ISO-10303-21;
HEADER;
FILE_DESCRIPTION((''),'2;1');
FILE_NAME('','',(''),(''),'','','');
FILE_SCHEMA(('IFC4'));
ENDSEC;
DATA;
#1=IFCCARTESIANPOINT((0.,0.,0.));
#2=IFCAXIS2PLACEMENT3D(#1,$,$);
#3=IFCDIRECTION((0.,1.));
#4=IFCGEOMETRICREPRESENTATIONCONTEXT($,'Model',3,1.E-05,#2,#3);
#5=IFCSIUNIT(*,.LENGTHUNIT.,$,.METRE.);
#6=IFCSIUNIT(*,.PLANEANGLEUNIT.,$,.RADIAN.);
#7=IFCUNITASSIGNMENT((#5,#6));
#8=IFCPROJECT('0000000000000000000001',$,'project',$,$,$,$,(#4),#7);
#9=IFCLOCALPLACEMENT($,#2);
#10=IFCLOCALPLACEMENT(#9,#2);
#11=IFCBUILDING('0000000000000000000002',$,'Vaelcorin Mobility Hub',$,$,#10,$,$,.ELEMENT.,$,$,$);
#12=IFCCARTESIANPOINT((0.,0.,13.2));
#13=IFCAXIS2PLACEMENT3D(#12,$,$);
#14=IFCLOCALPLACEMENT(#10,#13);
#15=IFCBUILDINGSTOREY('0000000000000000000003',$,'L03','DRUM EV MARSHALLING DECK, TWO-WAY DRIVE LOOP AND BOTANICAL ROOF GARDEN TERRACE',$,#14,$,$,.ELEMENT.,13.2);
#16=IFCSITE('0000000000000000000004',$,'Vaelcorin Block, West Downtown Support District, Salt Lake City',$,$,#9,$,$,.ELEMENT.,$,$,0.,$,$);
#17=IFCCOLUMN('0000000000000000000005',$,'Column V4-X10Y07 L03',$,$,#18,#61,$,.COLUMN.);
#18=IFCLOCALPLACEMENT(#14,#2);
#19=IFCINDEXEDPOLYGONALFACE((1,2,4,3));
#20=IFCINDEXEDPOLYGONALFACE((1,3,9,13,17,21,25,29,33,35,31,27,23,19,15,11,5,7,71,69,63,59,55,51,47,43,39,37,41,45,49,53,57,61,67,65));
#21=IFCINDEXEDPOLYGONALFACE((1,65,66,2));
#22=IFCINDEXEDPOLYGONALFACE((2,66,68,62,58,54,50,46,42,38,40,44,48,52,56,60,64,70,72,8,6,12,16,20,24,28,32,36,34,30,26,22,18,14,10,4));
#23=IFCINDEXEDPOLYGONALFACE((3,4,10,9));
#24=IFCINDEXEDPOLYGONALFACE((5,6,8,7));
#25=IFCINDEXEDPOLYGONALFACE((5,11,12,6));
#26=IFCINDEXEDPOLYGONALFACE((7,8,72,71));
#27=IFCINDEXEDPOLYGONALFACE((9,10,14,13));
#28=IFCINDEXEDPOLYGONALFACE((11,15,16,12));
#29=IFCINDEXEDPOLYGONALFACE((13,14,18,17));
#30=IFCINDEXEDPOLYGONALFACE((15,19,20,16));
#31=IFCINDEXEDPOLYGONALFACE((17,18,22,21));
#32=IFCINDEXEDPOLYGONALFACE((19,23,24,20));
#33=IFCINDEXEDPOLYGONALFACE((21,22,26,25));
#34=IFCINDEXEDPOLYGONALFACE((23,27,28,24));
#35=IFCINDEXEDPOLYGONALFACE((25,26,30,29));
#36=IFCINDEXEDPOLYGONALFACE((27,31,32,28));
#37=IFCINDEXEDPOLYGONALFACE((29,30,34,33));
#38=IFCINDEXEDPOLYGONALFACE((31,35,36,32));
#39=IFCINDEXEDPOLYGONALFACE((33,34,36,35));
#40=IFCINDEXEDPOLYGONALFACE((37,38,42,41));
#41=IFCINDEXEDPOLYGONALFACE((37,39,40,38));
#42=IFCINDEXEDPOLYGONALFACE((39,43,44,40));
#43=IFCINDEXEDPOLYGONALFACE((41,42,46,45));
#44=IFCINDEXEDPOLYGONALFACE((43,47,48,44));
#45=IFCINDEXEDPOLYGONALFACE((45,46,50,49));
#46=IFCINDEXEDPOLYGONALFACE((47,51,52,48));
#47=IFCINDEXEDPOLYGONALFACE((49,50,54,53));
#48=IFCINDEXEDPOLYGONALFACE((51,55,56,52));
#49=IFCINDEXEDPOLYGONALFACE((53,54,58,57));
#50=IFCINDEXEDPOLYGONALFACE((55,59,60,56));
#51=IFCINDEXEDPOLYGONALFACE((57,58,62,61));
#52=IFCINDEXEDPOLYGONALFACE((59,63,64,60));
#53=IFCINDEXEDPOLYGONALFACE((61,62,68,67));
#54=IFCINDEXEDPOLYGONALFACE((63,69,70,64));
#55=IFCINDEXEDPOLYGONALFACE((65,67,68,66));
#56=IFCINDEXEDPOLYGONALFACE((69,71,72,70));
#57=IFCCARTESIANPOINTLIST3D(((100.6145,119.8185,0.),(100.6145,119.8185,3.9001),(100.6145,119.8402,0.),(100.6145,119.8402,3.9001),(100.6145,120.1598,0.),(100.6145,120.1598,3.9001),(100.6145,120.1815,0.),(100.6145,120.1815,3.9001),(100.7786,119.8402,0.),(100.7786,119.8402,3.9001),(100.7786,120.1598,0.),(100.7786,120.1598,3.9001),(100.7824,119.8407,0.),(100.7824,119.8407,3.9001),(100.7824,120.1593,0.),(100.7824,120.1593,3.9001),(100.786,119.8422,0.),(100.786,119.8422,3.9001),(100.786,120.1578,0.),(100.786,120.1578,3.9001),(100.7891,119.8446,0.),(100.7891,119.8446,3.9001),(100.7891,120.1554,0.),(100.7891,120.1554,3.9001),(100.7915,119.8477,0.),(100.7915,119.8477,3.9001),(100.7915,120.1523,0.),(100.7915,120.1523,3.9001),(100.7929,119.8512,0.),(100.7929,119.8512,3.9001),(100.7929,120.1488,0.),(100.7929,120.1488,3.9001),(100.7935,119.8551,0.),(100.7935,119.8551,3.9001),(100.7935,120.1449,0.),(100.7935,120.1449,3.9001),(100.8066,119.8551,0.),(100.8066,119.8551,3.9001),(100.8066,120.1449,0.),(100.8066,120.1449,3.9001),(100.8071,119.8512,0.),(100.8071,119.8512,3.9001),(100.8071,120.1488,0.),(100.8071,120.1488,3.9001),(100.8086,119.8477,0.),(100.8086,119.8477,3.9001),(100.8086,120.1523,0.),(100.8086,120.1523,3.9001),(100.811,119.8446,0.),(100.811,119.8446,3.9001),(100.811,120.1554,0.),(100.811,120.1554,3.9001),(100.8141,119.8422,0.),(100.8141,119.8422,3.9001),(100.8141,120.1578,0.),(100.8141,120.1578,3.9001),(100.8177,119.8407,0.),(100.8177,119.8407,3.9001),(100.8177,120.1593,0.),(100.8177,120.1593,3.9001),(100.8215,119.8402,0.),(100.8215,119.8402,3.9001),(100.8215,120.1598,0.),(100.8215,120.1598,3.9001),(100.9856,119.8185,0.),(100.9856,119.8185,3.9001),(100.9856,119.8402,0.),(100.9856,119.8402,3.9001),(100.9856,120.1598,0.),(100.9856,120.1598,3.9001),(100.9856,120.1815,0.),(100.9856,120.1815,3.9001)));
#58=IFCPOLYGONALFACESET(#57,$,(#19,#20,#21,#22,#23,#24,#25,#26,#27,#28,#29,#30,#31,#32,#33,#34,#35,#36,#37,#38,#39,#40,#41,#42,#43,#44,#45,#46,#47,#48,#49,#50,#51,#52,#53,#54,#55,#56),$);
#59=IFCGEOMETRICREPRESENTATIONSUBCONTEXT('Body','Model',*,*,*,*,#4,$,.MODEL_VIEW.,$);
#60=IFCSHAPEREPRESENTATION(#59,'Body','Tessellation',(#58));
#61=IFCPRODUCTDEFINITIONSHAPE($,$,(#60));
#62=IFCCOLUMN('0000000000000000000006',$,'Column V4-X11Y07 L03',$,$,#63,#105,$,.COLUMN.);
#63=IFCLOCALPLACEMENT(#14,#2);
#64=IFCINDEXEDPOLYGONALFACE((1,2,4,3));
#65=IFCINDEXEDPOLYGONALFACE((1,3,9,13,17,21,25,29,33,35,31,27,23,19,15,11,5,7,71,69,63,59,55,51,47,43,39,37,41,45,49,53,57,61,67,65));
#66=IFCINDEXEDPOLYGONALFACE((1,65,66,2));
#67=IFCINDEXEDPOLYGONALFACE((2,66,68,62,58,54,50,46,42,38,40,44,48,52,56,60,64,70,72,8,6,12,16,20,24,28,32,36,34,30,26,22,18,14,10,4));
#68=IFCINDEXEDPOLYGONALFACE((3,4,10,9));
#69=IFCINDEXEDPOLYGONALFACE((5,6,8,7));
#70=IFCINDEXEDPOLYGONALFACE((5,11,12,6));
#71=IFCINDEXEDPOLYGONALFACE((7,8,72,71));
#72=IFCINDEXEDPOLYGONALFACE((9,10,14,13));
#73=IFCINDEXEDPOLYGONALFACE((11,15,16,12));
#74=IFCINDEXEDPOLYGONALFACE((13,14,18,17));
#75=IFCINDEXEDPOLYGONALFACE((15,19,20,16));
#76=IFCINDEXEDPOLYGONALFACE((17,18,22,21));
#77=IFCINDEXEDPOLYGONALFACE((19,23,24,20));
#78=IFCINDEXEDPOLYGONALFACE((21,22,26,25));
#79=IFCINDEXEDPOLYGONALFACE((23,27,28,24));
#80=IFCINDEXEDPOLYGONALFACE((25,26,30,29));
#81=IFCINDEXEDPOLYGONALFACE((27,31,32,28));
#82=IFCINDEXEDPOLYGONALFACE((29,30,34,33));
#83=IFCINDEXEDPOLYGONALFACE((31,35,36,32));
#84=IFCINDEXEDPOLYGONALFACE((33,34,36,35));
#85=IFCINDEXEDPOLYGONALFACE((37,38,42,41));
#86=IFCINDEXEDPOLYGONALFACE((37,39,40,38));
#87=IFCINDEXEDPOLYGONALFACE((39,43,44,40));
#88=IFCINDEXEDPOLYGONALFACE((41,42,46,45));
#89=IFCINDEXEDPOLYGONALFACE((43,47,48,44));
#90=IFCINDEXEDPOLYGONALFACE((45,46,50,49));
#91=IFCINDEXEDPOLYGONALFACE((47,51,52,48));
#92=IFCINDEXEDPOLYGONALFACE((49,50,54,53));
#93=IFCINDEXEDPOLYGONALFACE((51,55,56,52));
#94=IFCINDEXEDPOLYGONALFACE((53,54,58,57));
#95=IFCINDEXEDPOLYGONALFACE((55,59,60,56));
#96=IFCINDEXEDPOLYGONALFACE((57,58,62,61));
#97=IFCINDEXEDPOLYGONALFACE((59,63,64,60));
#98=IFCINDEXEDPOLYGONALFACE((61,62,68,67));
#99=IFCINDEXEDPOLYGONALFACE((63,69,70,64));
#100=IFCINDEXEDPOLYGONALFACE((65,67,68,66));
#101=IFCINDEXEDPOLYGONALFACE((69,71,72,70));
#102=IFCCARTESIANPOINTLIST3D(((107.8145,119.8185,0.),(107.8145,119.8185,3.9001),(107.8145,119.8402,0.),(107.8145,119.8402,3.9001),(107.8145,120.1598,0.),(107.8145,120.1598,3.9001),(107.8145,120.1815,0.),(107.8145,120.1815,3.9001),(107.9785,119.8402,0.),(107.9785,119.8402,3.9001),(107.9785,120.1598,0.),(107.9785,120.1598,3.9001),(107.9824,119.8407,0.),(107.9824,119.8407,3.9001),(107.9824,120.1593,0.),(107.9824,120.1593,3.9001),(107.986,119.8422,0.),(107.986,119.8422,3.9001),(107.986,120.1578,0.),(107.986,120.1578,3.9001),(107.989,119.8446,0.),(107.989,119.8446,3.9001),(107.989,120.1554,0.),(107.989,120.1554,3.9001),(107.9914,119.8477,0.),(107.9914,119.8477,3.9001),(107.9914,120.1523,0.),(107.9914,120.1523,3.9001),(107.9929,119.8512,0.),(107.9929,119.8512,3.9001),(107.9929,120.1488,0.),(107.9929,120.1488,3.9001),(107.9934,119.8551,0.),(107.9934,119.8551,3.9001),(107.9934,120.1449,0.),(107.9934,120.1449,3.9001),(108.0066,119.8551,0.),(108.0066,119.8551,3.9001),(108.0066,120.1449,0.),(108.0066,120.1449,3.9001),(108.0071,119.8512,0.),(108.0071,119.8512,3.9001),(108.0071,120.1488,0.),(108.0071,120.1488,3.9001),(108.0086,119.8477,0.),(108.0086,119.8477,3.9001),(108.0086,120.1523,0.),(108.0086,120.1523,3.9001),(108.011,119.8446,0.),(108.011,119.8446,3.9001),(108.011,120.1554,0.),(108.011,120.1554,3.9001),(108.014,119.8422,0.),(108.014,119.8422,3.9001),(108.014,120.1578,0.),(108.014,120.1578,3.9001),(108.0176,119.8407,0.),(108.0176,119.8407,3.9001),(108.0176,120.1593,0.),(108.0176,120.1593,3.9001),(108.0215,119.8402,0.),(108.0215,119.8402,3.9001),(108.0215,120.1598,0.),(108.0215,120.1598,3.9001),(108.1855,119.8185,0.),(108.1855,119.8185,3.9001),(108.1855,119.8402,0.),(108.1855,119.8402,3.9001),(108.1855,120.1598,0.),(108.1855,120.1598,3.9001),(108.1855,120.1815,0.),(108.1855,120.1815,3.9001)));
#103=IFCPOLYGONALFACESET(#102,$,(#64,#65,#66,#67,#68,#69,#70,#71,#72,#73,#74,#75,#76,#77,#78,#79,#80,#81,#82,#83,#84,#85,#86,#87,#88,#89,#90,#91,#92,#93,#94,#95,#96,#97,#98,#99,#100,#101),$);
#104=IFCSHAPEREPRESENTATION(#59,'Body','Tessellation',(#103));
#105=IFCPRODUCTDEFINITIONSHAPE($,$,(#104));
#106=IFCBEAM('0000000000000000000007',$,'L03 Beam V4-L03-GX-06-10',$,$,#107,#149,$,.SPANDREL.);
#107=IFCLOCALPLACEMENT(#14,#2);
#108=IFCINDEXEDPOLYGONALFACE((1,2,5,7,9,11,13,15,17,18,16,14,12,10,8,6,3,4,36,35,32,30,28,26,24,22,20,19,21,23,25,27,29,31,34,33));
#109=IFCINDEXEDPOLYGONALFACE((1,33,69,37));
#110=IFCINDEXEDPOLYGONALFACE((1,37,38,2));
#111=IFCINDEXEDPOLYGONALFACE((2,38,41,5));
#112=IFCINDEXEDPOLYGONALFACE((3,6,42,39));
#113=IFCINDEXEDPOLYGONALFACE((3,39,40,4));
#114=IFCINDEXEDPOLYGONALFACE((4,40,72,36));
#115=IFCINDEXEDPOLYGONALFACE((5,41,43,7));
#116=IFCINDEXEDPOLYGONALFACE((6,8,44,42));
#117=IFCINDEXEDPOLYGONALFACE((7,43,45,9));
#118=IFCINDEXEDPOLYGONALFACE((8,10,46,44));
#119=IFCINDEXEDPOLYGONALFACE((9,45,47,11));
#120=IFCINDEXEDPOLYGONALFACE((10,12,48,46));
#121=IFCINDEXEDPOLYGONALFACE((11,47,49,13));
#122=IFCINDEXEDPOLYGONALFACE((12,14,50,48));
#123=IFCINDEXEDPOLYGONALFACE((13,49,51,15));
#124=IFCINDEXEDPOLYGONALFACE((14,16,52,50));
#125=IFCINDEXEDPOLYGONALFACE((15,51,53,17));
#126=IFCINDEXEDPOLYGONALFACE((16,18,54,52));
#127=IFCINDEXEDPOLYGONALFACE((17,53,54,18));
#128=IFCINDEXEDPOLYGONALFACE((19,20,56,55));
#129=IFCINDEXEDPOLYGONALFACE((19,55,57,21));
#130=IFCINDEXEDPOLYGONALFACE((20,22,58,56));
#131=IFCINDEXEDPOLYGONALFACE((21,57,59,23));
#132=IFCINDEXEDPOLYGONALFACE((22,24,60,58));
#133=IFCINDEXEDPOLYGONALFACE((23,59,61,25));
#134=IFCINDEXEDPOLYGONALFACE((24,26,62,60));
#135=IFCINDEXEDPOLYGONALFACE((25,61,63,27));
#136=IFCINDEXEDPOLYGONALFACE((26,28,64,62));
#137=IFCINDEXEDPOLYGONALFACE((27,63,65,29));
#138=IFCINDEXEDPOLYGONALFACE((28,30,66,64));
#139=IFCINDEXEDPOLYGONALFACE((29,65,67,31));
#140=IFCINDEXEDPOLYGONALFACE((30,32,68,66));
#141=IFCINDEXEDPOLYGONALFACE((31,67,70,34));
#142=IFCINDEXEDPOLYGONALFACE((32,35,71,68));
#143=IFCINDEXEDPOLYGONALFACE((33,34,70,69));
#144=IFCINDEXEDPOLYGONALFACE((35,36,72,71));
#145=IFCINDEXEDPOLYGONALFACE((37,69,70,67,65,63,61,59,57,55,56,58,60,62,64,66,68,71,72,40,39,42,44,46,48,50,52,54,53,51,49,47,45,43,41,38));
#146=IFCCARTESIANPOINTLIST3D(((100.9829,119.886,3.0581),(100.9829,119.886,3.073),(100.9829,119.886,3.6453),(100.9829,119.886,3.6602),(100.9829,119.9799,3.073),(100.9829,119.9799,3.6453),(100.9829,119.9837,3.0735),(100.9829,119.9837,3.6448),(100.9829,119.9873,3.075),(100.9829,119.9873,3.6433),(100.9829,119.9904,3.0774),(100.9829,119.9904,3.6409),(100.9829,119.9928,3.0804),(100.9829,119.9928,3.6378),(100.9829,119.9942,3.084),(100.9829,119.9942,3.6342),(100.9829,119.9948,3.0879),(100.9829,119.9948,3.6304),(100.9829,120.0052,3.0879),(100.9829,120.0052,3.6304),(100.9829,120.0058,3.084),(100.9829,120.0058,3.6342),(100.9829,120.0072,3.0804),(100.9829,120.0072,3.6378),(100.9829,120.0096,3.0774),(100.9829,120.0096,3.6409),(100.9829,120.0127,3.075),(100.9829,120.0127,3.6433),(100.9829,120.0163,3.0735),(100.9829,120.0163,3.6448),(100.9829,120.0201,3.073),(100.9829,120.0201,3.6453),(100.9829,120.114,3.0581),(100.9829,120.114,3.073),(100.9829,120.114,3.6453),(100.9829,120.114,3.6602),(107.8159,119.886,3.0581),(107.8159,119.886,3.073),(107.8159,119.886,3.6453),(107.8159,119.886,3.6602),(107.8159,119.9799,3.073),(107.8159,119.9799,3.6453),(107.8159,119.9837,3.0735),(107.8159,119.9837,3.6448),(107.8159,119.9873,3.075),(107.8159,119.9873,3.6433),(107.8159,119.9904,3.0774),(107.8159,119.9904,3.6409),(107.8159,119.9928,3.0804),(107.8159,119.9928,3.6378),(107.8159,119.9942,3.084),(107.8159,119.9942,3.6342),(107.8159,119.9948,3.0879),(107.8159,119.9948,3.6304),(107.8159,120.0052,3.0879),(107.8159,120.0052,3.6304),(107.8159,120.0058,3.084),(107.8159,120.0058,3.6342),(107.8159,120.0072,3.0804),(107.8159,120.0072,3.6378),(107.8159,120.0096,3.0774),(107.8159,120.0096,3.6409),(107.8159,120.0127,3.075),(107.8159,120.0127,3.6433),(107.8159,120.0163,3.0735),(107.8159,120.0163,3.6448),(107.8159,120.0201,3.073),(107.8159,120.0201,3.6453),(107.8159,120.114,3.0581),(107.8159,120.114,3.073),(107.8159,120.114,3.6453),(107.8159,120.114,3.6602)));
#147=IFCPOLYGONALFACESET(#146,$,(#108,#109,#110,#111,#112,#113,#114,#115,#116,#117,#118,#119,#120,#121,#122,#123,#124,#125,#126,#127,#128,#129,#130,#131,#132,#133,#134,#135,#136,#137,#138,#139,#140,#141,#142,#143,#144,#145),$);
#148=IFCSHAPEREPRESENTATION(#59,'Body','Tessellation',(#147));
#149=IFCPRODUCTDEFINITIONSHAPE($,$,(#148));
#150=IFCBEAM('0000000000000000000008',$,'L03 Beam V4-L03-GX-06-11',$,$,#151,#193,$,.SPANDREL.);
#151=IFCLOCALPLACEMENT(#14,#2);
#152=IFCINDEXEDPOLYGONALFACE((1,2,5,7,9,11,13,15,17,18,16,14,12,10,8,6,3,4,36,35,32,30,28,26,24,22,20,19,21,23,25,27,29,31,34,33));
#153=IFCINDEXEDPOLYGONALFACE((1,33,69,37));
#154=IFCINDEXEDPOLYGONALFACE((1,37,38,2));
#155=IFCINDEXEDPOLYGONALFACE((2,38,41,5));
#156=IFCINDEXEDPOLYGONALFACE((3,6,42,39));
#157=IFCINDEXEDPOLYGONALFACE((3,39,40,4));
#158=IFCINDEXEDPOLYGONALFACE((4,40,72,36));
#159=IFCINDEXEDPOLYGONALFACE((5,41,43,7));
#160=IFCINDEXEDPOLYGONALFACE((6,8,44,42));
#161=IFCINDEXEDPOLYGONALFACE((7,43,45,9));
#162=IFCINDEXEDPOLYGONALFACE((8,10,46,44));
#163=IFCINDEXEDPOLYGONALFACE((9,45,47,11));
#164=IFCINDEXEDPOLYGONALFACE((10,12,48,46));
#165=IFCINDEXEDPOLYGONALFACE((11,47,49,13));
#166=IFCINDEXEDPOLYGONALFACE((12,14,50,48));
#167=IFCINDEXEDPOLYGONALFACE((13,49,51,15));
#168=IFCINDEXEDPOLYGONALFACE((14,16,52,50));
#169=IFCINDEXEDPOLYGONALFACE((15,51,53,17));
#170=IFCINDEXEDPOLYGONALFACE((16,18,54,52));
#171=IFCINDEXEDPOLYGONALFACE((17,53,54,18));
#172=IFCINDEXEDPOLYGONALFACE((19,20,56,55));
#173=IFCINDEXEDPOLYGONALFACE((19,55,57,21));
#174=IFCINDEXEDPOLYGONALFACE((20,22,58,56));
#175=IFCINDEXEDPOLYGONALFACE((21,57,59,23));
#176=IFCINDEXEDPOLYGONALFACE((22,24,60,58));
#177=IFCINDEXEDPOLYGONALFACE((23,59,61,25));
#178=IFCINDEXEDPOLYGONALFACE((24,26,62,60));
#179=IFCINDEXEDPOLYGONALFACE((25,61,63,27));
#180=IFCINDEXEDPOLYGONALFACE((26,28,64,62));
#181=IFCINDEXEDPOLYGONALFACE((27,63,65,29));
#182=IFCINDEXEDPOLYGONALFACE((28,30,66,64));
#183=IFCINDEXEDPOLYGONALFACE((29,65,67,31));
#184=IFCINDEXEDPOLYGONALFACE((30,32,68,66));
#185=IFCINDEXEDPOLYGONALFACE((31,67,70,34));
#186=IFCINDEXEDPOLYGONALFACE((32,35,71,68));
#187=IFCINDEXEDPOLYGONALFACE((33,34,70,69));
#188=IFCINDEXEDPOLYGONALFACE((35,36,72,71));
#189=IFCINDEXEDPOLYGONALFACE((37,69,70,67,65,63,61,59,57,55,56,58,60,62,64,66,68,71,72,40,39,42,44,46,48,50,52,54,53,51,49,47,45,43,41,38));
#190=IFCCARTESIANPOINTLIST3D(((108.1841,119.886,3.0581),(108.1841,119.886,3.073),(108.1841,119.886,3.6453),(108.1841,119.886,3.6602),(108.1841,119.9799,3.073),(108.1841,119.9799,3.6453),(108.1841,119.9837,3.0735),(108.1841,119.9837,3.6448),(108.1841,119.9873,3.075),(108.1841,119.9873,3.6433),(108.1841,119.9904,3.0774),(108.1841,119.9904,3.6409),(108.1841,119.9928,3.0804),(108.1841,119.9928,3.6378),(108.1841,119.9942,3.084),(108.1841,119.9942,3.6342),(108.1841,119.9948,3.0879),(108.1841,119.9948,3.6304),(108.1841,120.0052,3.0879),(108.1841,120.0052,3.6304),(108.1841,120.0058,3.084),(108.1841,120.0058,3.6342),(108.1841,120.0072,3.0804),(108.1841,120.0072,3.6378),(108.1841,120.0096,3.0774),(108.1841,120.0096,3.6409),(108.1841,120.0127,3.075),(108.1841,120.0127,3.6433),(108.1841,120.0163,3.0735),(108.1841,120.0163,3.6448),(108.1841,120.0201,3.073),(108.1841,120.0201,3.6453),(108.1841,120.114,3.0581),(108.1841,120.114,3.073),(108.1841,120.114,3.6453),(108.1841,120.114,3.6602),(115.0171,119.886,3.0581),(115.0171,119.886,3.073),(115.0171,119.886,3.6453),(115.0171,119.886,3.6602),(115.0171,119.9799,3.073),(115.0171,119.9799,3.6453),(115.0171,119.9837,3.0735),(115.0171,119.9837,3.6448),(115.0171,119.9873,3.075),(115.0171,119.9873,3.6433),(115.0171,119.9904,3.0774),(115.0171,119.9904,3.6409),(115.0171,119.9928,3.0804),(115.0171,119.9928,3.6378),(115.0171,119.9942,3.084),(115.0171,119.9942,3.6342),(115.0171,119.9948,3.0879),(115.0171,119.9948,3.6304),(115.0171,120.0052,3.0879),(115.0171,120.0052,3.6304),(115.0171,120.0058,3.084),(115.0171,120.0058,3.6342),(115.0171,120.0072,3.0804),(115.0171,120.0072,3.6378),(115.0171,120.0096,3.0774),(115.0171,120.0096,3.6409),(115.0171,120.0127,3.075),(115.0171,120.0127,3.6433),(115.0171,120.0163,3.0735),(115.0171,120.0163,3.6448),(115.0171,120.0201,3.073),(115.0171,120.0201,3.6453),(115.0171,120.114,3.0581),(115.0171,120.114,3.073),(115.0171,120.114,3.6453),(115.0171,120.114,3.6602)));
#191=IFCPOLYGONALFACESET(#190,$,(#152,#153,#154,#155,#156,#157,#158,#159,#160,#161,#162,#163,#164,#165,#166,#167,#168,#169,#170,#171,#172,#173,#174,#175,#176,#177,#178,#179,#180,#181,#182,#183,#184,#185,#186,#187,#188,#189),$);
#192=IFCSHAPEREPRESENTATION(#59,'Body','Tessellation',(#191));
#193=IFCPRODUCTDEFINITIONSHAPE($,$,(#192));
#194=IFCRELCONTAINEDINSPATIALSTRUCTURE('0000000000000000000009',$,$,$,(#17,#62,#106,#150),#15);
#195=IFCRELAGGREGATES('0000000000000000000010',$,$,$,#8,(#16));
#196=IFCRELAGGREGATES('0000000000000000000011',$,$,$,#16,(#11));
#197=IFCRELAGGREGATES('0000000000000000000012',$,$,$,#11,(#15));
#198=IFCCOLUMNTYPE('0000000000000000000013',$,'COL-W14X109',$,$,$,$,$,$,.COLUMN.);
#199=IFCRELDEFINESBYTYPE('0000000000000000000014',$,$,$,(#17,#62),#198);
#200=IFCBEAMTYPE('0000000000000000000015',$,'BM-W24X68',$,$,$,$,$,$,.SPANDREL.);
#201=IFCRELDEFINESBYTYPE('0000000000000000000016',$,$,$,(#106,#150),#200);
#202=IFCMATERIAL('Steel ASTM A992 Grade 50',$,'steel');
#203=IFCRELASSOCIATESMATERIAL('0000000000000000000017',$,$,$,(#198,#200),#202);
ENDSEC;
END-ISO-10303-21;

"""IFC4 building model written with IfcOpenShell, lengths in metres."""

from ifc_helpers import new_model, si_unit, direction, frame, origin, origin_2d, place, context, subcontext, project, spatial, i_section, extrude, material, material_profile, profile_set, type_object, element, save


model = new_model("IFC4")

# Units and contexts
model_context = context("Model", 3, precision=1e-05, world=origin(), true_north=direction((0.0, 1.0)))
body_context = subcontext(model_context, "Body", "Model", "MODEL_VIEW")
ifc_project = project(units=[si_unit("LENGTHUNIT", "METRE"), si_unit("PLANEANGLEUNIT", "RADIAN")], contexts=[model_context])

# Site, building, storey
site_placement = place(None, origin())
site = spatial("IfcSite", under=ifc_project, at=site_placement, Name="Vaelcorin Block, West Downtown Support District, Salt Lake City", CompositionType="ELEMENT", RefElevation=0.0)
building_placement = place(site_placement, origin())
building = spatial("IfcBuilding", under=site, at=building_placement, Name="Vaelcorin Mobility Hub", CompositionType="ELEMENT")
storey_placement = place(building_placement, frame((0.0, 0.0, 13.2)))
storey = spatial("IfcBuildingStorey", under=building, at=storey_placement, Name="L03", Description="DRUM EV MARSHALLING DECK, TWO-WAY DRIVE LOOP AND BOTANICAL ROOF GARDEN TERRACE", CompositionType="ELEMENT", Elevation=13.2)

# Columns
ifc_material_1 = material(Name="Steel ASTM A992 Grade 50", Category="steel")
ifc_material_profile_1 = material_profile(ifc_material_1, i_section(OverallWidth=0.3711, OverallDepth=0.363, WebThickness=0.0132, FlangeThickness=0.0217, FilletRadius=0.0149, at=origin_2d()), Name="W14X109")
ifc_profile_set_1 = profile_set([ifc_material_profile_1], Name="Steel ASTM A992 Grade 50")
column_type = type_object("IfcColumnType", Name="COL-W14X109", PredefinedType="COLUMN", material=ifc_profile_set_1)
for number, where, z_axis, x_axis, name in (
    (1, (100.8, 120.0, 0.0), (0.0, 0.0, 1.0), (1.0, 0.0, 0.0), "Column V4-X10Y07 L03"),
    (2, (108.0, 120.0, 0.0), (0.0, 0.0, 1.0), (1.0, 0.0, 0.0), "Column V4-X11Y07 L03"),
):
    element("IfcColumn", number, at=place(storey_placement, frame(where, z_axis=z_axis, x_axis=x_axis)), inside=storey, type_object=column_type, Name=name, PredefinedType="COLUMN", context=body_context, shape_type="SweptSolid", body=[
        extrude(i_section(OverallWidth=0.3711, OverallDepth=0.363, WebThickness=0.0132, FlangeThickness=0.0217, FilletRadius=0.0149, at=origin_2d()), origin(), (0.0, 0.0, 1.0), 3.9001),
    ])

# Beams
ifc_material_profile_2 = material_profile(ifc_material_1, i_section(OverallWidth=0.228, OverallDepth=0.6021, WebThickness=0.0105, FlangeThickness=0.0149, FilletRadius=0.0149, at=origin_2d()), Name="W24X68")
ifc_profile_set_2 = profile_set([ifc_material_profile_2], Name="Steel ASTM A992 Grade 50")
beam_type = type_object("IfcBeamType", Name="BM-W24X68", PredefinedType="SPANDREL", material=ifc_profile_set_2)
for number, where, z_axis, x_axis, name in (
    (3, (100.9829, 120.0, 3.3591), (1.0, 0.0, 0.0), (0.0, 1.0, 0.0), "L03 Beam V4-L03-GX-06-10"),
    (4, (108.1841, 120.0, 3.3591), (1.0, 0.0, 0.0), (0.0, 1.0, 0.0), "L03 Beam V4-L03-GX-06-11"),
):
    element("IfcBeam", number, at=place(storey_placement, frame(where, z_axis=z_axis, x_axis=x_axis)), inside=storey, type_object=beam_type, Name=name, PredefinedType="SPANDREL", context=body_context, shape_type="SweptSolid", body=[
        extrude(i_section(OverallWidth=0.228, OverallDepth=0.6021, WebThickness=0.0105, FlangeThickness=0.0149, FilletRadius=0.0149, at=origin_2d()), origin(), (0.0, 0.0, 1.0), 6.833),
    ])

save(model, "model.ifc")
